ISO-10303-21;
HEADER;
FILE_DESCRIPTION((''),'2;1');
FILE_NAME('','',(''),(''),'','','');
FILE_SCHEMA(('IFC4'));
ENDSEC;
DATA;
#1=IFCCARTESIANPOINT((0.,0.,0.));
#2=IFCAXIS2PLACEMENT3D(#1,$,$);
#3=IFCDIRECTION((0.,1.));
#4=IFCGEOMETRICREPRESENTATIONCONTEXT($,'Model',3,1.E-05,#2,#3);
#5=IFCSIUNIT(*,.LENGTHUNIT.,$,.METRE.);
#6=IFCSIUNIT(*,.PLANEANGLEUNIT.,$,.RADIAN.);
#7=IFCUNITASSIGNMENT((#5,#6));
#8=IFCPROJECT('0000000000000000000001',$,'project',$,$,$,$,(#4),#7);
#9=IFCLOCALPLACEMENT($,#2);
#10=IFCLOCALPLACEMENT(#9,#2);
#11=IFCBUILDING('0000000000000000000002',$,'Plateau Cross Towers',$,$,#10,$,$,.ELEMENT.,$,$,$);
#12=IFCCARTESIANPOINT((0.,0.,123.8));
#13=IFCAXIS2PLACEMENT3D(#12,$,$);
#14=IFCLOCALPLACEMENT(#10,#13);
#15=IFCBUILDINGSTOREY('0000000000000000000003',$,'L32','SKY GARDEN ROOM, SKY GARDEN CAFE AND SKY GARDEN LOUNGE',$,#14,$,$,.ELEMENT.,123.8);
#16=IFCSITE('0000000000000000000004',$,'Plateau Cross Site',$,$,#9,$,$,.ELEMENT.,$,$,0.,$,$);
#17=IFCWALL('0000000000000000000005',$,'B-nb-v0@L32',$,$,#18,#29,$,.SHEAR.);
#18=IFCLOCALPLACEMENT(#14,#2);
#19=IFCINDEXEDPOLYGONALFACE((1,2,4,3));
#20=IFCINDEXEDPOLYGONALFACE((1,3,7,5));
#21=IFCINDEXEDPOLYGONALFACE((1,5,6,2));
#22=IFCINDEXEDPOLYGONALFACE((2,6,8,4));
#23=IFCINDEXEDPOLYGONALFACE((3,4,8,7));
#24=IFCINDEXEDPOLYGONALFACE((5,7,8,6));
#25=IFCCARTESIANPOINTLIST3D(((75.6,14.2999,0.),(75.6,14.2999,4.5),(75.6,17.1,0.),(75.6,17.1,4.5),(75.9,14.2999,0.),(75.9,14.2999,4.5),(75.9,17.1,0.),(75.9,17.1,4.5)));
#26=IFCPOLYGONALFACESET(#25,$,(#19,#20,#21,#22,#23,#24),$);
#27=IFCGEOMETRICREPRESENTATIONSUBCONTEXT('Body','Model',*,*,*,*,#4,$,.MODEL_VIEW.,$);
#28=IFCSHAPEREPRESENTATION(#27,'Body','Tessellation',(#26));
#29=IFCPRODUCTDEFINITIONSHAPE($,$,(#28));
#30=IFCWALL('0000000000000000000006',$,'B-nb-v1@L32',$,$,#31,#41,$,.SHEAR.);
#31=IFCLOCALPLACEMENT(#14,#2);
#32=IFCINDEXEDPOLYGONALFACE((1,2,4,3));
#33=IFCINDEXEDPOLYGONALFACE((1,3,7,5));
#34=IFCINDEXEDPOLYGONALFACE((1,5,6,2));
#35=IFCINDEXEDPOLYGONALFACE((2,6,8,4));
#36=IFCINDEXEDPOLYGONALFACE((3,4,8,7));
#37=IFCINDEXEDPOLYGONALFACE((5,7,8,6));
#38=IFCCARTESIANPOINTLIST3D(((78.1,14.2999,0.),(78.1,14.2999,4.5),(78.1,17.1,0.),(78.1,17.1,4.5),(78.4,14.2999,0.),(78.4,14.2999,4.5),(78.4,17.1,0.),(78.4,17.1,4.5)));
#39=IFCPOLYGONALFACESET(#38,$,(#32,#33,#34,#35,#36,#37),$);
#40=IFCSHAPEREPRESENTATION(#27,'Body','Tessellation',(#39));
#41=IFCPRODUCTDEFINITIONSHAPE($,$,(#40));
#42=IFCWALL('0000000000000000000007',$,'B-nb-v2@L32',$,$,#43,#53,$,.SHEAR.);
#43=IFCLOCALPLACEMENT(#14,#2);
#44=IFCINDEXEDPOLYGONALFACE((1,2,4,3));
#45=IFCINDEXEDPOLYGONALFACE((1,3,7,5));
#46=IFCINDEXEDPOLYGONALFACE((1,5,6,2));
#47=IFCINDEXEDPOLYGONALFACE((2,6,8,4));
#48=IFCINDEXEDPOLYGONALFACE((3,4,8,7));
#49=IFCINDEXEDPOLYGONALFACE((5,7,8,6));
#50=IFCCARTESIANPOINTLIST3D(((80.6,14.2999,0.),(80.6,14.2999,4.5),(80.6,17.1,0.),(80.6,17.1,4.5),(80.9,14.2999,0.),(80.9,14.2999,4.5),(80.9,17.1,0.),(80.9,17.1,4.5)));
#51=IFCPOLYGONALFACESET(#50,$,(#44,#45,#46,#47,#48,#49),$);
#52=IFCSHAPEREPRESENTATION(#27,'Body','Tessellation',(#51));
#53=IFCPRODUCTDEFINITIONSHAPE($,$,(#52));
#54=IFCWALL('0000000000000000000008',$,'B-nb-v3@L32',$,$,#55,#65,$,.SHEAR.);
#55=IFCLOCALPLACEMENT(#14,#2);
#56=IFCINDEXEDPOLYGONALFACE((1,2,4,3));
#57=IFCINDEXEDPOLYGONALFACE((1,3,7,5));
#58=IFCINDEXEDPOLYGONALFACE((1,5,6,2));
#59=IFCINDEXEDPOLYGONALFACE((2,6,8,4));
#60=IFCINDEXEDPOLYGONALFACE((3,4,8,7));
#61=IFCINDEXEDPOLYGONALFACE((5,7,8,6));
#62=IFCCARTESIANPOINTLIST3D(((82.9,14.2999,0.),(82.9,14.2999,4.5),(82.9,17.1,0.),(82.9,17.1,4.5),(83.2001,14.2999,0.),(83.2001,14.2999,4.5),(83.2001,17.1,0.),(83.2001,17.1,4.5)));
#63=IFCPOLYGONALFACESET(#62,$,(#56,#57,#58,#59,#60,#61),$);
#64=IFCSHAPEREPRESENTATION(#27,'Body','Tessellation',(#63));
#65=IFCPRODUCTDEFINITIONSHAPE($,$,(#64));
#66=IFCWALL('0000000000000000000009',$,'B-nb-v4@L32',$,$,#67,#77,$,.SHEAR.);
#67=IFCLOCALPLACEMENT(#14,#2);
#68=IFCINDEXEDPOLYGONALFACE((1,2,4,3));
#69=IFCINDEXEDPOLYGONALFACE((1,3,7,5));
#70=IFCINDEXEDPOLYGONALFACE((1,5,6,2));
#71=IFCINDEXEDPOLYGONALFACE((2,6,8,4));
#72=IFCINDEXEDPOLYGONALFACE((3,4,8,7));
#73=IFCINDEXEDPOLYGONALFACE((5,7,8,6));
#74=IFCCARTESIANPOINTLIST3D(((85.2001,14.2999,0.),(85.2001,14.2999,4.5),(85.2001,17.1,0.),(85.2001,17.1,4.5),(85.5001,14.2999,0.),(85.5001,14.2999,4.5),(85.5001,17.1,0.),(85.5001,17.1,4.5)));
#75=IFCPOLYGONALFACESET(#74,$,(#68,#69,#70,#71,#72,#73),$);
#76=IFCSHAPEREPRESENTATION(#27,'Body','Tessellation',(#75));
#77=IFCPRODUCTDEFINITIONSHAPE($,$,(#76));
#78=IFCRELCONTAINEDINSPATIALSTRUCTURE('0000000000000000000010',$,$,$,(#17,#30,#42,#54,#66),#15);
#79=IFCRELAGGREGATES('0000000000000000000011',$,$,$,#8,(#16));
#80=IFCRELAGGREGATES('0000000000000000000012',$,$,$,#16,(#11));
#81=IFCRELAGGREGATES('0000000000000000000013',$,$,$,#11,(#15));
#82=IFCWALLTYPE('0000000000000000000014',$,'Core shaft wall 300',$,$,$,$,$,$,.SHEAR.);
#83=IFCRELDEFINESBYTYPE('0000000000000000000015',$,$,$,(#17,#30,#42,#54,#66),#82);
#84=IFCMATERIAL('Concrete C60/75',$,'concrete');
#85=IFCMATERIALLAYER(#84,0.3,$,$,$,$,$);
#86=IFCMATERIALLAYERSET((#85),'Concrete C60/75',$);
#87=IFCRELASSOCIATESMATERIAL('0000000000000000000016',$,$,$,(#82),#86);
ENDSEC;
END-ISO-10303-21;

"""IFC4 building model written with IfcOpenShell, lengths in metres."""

from ifc_helpers import new_model, si_unit, direction, frame, frame_2d, origin, place, context, subcontext, project, spatial, rectangle, extrude, material, layer, layer_set, type_object, element, save


model = new_model("IFC4")

# Units and contexts
model_context = context("Model", 3, precision=1e-05, world=origin(), true_north=direction((0.0, 1.0)))
body_context = subcontext(model_context, "Body", "Model", "MODEL_VIEW")
ifc_project = project(units=[si_unit("LENGTHUNIT", "METRE"), si_unit("PLANEANGLEUNIT", "RADIAN")], contexts=[model_context])

# Site, building, storey
site_placement = place(None, origin())
site = spatial("IfcSite", under=ifc_project, at=site_placement, Name="Plateau Cross Site", CompositionType="ELEMENT", RefElevation=0.0)
building_placement = place(site_placement, origin())
building = spatial("IfcBuilding", under=site, at=building_placement, Name="Plateau Cross Towers", CompositionType="ELEMENT")
storey_placement = place(building_placement, frame((0.0, 0.0, 123.8)))
storey = spatial("IfcBuildingStorey", under=building, at=storey_placement, Name="L32", Description="SKY GARDEN ROOM, SKY GARDEN CAFE AND SKY GARDEN LOUNGE", CompositionType="ELEMENT", Elevation=123.8)

# Shared definitions
ifc_material_1 = material(Name="Concrete C60/75", Category="concrete")

# Walls
ifc_layer_1 = layer(ifc_material_1, 0.3)
ifc_layer_set_1 = layer_set([ifc_layer_1], Name="Concrete C60/75")
wall_type_1 = type_object("IfcWallType", Name="Core shaft wall 300", PredefinedType="SHEAR", material=ifc_layer_set_1)
for number, where, z_axis, x_axis, name in (
    (1, (75.75, 14.3, 0.0), (0.0, 0.0, 1.0), (0.0, 1.0, 0.0), "B-nb-v0@L32"),
    (2, (78.25, 14.3, 0.0), (0.0, 0.0, 1.0), (0.0, 1.0, 0.0), "B-nb-v1@L32"),
    (3, (80.75, 14.3, 0.0), (0.0, 0.0, 1.0), (0.0, 1.0, 0.0), "B-nb-v2@L32"),
    (4, (83.05, 14.3, 0.0), (0.0, 0.0, 1.0), (0.0, 1.0, 0.0), "B-nb-v3@L32"),
    (5, (85.3501, 14.3, 0.0), (0.0, 0.0, 1.0), (0.0, 1.0, 0.0), "B-nb-v4@L32"),
):
    element("IfcWall", number, at=place(storey_placement, frame(where, z_axis=z_axis, x_axis=x_axis)), inside=storey, type_object=wall_type_1, Name=name, PredefinedType="SHEAR", context=body_context, shape_type="SweptSolid", body=[
        extrude(rectangle(XDim=2.8, YDim=0.3, at=frame_2d((1.3999, 0.0))), origin(), (0.0, 0.0, 1.0), 4.5),
    ])

save(model, "model.ifc")
